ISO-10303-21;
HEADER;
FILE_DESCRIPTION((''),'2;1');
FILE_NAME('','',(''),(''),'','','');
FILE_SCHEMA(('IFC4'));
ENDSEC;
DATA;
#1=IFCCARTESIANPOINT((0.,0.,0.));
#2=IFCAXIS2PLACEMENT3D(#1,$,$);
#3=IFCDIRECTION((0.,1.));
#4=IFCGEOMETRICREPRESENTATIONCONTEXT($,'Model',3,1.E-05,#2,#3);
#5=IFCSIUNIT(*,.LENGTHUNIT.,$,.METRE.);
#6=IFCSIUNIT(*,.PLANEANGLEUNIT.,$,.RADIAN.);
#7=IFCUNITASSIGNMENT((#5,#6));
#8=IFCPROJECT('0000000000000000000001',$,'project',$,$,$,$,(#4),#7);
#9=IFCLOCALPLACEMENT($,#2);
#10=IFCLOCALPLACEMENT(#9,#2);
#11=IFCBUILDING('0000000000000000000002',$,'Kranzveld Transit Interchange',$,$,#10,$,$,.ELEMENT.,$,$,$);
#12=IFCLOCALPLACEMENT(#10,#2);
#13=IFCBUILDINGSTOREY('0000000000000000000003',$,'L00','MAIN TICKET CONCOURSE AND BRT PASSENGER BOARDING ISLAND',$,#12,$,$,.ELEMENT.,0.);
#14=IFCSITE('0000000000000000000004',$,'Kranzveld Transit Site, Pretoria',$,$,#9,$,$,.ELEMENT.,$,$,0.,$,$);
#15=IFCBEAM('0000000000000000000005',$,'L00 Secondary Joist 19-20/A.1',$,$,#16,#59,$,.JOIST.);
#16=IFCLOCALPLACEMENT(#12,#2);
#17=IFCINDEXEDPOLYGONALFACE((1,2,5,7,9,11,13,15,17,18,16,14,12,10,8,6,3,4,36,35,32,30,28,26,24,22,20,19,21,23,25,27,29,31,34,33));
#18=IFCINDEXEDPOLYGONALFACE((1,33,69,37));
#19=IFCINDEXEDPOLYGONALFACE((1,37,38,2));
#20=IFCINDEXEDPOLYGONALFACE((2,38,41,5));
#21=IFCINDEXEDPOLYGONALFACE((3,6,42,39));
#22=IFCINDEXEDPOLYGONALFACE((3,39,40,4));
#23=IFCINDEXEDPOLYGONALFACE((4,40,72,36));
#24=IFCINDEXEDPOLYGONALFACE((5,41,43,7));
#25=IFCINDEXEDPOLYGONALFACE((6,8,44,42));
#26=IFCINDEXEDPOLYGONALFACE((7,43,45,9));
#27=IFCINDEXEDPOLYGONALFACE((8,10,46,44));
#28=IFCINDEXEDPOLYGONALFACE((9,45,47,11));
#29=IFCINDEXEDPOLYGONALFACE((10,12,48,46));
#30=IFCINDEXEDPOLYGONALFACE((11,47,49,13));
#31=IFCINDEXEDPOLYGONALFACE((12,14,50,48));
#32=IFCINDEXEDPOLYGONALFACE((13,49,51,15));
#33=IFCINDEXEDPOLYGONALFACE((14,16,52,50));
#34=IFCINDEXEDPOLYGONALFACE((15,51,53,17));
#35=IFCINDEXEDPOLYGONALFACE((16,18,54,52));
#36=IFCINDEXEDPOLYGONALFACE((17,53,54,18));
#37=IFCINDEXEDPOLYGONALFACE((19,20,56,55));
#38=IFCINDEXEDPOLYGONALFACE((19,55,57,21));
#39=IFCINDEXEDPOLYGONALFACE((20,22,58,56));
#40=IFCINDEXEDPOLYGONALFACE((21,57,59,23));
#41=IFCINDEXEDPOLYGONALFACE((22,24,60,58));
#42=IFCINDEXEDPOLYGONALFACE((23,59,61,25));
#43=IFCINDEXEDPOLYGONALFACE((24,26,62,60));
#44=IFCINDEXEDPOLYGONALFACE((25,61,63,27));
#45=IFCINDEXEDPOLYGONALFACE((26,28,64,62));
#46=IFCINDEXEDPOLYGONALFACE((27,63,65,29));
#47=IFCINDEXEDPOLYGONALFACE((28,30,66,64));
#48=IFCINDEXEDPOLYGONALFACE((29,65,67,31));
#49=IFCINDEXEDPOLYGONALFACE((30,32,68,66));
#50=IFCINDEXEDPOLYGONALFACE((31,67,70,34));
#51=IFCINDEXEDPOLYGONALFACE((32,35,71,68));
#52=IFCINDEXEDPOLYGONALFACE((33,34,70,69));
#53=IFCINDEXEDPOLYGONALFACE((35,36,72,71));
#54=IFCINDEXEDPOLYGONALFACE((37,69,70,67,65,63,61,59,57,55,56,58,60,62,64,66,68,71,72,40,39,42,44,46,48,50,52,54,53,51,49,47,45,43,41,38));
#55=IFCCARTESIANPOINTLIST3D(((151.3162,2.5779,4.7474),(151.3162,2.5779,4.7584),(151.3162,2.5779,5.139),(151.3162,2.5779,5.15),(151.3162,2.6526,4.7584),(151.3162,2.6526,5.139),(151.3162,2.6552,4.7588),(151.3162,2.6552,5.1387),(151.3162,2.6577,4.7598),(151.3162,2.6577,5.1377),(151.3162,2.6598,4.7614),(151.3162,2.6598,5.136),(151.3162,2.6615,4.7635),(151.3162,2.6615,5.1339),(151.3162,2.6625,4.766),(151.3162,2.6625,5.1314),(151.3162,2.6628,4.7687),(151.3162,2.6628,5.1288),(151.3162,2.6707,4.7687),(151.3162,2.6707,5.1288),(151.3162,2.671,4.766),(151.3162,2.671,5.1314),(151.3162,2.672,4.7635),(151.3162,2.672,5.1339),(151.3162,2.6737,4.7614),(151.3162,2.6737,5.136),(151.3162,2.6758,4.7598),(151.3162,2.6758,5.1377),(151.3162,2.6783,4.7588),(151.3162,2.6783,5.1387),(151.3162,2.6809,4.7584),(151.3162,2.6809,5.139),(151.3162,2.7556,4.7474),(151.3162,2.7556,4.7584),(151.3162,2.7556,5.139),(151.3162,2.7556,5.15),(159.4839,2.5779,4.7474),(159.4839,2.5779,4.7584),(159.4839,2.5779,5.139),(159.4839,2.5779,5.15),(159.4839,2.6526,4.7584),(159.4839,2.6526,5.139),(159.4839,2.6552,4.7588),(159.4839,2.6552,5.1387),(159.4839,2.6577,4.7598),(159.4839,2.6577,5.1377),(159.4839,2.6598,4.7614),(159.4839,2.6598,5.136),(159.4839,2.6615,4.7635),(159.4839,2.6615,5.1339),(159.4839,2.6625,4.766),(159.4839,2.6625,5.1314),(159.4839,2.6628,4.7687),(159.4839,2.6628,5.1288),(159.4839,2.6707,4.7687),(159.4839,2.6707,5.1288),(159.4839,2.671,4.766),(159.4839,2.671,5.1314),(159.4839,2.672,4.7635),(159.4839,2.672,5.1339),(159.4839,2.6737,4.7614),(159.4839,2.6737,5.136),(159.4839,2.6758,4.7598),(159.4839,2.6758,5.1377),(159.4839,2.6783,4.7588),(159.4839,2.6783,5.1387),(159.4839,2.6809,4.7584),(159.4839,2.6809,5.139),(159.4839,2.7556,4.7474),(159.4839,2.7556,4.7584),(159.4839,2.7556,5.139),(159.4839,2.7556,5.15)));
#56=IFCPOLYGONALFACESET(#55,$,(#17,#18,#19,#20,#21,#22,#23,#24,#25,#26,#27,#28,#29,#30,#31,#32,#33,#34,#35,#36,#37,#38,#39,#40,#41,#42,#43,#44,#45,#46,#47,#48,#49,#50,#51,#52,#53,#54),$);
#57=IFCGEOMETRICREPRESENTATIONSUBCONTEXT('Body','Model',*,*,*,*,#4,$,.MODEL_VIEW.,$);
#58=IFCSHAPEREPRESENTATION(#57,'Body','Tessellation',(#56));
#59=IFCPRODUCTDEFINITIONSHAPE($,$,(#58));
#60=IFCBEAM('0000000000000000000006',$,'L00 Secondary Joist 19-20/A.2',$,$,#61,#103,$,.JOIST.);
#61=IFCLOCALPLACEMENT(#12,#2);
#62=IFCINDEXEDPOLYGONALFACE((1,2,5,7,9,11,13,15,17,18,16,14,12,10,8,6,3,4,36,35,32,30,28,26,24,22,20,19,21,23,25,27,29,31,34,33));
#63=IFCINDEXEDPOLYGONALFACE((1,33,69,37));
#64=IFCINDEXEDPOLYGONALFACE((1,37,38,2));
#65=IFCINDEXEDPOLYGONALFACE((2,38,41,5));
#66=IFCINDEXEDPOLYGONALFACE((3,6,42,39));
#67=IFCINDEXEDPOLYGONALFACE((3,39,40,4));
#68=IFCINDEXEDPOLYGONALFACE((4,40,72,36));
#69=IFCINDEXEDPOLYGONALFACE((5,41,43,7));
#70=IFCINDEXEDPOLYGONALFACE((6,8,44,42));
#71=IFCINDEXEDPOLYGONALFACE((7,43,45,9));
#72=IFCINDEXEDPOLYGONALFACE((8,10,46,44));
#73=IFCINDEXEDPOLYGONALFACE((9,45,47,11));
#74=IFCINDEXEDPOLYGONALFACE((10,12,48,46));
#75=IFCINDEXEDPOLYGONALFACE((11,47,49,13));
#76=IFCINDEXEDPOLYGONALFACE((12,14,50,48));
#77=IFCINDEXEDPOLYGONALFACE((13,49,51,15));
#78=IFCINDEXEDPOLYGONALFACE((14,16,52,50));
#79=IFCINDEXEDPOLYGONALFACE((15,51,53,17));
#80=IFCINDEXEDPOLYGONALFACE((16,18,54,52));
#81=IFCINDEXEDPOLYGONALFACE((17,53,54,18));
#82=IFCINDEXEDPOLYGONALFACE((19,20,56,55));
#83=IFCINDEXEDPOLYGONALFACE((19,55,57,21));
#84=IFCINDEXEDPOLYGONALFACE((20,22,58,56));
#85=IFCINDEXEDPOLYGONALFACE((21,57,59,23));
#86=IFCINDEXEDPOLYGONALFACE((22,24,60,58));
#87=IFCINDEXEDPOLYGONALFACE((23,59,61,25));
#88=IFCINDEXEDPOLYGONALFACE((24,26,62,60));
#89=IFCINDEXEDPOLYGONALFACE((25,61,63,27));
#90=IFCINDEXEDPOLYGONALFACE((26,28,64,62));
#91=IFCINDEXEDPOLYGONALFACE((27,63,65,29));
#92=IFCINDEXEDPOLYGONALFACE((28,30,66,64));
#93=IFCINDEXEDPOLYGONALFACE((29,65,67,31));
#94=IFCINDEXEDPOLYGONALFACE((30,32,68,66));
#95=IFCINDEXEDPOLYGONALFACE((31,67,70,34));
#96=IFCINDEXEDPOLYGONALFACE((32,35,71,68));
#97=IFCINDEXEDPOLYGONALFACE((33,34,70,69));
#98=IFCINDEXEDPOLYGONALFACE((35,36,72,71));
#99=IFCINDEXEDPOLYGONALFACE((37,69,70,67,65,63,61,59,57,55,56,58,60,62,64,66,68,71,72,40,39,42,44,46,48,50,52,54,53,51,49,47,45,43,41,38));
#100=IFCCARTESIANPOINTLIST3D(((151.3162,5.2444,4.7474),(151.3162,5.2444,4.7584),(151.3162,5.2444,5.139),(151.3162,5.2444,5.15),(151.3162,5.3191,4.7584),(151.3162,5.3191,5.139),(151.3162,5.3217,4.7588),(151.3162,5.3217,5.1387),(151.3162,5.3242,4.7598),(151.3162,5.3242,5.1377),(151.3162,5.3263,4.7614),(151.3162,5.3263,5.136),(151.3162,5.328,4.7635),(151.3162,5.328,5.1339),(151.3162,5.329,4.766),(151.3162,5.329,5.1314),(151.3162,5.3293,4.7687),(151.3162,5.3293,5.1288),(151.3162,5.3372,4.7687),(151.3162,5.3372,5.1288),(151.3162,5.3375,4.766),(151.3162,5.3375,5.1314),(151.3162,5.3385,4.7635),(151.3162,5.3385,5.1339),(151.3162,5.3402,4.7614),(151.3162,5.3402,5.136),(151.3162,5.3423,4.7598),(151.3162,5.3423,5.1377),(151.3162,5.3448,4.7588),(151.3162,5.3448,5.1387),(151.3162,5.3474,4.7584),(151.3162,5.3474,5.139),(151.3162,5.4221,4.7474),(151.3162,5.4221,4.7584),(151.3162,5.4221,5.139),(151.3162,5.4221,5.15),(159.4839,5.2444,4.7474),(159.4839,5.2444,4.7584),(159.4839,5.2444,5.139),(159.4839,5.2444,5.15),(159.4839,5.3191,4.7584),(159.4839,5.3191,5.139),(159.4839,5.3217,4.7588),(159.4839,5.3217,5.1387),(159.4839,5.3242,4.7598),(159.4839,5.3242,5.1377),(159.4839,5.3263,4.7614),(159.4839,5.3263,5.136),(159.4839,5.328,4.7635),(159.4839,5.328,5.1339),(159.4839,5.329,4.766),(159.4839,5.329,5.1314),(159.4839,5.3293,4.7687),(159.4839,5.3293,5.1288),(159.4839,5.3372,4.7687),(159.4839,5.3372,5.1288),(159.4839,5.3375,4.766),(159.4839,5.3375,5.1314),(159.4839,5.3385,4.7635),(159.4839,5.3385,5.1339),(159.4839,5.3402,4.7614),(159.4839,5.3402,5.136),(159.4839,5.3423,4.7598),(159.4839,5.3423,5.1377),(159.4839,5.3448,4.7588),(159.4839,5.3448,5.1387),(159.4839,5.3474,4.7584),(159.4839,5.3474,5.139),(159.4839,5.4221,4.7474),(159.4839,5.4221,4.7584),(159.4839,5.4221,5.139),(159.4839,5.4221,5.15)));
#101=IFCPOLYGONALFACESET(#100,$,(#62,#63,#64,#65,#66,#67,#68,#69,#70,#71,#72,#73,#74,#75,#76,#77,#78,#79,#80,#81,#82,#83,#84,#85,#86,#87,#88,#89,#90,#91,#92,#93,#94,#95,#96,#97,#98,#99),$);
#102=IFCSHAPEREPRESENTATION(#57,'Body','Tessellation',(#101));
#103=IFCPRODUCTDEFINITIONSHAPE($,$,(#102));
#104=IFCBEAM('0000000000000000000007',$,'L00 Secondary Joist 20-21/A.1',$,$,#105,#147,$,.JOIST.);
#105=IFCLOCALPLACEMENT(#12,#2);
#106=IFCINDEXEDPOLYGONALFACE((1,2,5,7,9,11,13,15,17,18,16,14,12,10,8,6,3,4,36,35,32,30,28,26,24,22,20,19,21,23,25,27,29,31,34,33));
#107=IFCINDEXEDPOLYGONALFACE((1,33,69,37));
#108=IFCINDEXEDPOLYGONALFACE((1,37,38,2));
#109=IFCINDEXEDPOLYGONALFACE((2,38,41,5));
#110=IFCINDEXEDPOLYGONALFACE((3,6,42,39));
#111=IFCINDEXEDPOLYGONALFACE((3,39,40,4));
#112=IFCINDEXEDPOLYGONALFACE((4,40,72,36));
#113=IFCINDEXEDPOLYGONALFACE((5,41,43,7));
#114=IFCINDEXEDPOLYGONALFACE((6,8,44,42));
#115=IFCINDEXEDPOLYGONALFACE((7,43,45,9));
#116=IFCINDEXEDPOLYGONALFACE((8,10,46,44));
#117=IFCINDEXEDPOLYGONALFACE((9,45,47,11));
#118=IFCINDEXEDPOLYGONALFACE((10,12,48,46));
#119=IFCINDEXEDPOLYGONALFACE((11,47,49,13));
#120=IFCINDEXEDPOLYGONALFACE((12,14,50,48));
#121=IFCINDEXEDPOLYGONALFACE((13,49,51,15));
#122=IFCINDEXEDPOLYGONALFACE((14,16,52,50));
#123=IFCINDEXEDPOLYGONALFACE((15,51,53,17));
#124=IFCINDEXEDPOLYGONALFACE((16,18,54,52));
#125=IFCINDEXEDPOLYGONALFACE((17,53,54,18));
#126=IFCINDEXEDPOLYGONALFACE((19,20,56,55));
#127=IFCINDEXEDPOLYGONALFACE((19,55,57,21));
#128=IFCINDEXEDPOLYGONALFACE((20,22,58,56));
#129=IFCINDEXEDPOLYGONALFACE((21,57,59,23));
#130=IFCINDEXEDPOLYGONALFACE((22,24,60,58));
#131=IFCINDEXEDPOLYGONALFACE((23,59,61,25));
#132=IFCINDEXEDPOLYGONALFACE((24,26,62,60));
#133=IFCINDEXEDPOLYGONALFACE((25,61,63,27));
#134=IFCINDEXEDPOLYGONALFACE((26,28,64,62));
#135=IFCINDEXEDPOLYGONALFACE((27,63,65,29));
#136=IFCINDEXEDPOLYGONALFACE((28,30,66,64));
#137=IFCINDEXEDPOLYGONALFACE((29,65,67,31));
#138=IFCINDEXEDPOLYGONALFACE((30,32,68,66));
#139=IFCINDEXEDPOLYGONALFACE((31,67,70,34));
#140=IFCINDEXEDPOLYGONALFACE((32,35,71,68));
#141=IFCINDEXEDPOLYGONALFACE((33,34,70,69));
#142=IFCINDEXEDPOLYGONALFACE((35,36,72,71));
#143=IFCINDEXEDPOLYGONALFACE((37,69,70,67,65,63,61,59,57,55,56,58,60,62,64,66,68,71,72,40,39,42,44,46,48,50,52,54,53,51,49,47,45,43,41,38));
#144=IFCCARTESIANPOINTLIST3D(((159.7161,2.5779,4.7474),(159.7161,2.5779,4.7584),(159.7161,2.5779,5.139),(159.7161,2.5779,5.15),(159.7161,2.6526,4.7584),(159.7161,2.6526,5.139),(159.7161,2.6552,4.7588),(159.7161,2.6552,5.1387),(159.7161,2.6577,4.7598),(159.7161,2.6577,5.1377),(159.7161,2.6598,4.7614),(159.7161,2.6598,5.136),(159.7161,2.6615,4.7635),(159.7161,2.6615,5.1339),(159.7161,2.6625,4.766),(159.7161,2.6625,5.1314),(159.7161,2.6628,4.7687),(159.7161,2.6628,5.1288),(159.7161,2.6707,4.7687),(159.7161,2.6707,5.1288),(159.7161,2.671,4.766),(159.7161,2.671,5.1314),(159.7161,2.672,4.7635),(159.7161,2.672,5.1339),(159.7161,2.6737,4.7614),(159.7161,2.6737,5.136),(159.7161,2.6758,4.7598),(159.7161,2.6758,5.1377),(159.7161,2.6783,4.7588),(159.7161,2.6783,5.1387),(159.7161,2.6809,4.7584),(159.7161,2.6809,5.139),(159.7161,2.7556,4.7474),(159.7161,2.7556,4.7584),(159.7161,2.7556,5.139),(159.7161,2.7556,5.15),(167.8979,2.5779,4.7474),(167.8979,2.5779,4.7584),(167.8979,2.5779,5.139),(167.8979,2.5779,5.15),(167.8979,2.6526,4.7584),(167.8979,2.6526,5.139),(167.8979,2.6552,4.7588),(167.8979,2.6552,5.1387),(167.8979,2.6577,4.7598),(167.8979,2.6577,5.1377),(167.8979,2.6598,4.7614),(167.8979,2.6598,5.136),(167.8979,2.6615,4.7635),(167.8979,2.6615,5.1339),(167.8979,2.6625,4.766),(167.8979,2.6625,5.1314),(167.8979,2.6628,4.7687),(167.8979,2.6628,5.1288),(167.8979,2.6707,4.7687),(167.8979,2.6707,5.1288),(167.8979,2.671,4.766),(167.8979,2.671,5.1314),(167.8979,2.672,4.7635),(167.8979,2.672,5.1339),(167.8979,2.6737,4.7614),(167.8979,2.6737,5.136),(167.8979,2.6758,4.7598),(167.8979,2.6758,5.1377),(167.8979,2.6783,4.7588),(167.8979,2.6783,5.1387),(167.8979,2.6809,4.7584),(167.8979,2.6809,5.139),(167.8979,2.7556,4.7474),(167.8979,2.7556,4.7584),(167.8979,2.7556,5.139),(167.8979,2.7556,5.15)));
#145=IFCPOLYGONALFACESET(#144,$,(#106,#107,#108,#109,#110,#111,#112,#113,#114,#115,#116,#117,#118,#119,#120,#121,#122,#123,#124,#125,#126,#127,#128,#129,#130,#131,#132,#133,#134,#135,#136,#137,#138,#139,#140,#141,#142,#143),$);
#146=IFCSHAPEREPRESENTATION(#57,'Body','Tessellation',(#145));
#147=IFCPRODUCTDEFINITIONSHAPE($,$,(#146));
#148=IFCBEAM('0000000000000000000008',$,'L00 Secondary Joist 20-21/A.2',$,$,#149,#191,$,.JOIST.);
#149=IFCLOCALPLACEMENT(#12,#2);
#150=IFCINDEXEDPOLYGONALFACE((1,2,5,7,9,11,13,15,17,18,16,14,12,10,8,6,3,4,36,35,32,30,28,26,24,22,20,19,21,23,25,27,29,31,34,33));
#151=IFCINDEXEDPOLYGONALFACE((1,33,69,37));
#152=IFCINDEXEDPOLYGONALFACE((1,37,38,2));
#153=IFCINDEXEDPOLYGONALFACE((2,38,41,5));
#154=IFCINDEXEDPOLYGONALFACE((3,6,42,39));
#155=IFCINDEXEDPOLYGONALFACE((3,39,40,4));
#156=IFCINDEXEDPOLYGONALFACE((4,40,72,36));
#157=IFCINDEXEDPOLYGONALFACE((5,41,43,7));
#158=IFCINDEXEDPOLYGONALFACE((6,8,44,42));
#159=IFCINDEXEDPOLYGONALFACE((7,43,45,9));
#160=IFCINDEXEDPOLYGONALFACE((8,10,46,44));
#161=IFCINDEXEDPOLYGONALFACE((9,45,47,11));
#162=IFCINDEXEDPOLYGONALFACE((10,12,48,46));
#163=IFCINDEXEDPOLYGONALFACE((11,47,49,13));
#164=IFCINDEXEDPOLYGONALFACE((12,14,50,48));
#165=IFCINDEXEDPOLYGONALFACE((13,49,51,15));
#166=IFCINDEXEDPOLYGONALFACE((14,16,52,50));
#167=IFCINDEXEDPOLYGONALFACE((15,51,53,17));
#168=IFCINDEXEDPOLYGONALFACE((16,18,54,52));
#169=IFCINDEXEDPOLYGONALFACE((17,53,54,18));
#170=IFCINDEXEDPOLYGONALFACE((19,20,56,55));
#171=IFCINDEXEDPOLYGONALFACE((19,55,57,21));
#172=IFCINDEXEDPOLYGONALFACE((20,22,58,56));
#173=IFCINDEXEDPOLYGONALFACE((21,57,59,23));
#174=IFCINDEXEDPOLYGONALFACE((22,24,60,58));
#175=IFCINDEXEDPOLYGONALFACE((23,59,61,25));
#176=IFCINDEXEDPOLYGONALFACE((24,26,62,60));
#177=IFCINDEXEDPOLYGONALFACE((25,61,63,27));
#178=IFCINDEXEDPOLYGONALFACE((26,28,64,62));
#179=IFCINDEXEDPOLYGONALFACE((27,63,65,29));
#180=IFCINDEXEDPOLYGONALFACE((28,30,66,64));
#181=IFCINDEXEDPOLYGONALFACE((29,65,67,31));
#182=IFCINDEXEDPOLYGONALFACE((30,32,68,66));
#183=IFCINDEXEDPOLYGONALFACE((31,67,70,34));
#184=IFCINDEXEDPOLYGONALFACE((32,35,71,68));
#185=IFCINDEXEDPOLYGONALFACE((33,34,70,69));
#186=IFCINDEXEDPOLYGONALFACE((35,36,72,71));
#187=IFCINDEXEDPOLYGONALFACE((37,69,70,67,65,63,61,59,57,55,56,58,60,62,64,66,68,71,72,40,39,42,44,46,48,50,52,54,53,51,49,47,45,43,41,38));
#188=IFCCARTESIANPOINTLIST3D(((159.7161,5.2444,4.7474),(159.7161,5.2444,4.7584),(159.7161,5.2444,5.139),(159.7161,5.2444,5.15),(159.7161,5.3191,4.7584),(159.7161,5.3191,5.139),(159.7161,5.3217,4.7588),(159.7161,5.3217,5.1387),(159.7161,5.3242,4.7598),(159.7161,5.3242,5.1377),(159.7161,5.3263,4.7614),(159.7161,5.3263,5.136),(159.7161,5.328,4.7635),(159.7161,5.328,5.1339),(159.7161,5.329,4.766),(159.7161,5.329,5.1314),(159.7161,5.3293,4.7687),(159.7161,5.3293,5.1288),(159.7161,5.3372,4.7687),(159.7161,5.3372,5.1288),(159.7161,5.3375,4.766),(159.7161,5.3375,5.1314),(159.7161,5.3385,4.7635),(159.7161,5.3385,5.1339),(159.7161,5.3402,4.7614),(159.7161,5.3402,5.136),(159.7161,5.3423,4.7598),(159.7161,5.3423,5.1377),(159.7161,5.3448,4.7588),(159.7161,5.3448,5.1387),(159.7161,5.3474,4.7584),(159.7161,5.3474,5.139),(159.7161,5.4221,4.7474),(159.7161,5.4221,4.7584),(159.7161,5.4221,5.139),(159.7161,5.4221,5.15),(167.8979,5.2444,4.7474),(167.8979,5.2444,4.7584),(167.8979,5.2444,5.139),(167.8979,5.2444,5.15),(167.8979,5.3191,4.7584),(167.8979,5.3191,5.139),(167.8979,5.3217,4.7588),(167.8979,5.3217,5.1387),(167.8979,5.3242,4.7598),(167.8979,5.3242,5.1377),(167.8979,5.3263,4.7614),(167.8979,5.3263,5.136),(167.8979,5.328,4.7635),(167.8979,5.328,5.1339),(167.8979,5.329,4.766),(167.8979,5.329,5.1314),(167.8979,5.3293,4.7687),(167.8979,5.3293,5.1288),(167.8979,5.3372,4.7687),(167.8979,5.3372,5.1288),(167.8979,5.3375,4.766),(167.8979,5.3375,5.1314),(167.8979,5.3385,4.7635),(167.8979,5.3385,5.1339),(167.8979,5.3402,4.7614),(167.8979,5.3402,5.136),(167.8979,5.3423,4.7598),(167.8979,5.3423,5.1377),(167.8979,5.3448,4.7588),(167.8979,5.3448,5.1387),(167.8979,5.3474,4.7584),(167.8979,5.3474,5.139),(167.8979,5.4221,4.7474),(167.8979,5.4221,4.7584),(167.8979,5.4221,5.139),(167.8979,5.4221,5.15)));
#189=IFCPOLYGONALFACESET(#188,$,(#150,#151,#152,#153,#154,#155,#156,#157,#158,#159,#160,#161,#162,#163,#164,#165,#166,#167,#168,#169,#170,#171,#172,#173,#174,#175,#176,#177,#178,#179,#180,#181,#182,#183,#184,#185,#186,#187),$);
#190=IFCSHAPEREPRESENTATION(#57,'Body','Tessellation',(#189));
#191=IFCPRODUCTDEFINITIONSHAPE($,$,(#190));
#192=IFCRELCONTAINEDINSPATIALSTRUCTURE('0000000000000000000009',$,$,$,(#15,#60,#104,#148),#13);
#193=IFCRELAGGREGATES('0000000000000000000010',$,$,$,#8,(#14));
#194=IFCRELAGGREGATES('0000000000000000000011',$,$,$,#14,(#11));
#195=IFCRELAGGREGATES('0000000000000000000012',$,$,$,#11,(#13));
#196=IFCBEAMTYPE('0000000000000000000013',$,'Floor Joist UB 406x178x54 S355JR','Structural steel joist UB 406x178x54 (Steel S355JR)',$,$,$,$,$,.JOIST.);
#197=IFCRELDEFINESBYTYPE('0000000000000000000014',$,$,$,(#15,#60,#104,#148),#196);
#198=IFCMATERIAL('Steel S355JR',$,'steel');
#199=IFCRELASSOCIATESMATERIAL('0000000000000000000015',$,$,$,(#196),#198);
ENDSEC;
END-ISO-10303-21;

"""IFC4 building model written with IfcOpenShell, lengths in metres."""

from ifc_helpers import new_model, si_unit, direction, frame, origin, origin_2d, place, context, subcontext, project, spatial, i_section, extrude, material, material_profile, profile_set, type_object, element, save


model = new_model("IFC4")

# Units and contexts
model_context = context("Model", 3, precision=1e-05, world=origin(), true_north=direction((0.0, 1.0)))
body_context = subcontext(model_context, "Body", "Model", "MODEL_VIEW")
ifc_project = project(units=[si_unit("LENGTHUNIT", "METRE"), si_unit("PLANEANGLEUNIT", "RADIAN")], contexts=[model_context])

# Site, building, storey
site_placement = place(None, origin())
site = spatial("IfcSite", under=ifc_project, at=site_placement, Name="Kranzveld Transit Site, Pretoria", CompositionType="ELEMENT", RefElevation=0.0)
building_placement = place(site_placement, origin())
building = spatial("IfcBuilding", under=site, at=building_placement, Name="Kranzveld Transit Interchange", CompositionType="ELEMENT")
storey_placement = place(building_placement, origin())
storey = spatial("IfcBuildingStorey", under=building, at=storey_placement, Name="L00", Description="MAIN TICKET CONCOURSE AND BRT PASSENGER BOARDING ISLAND", CompositionType="ELEMENT", Elevation=0.0)

# Beams
ifc_material_1 = material(Name="Steel S355JR", Category="steel")
ifc_material_profile_1 = material_profile(ifc_material_1, i_section(OverallWidth=0.1777, OverallDepth=0.4026, WebThickness=0.0078, FlangeThickness=0.011, FilletRadius=0.0103, at=origin_2d()), Name="UB 406x178x54")
ifc_profile_set_1 = profile_set([ifc_material_profile_1], Name="Steel S355JR")
beam_type_1 = type_object("IfcBeamType", Name="Floor Joist UB 406x178x54 S355JR", Description="Structural steel joist UB 406x178x54 (Steel S355JR)", PredefinedType="JOIST", material=ifc_profile_set_1)
for number, where, z_axis, x_axis, name in (
    (1, (151.3162, 2.6667, 4.9487), (1.0, 0.0, 0.0), (0.0, 1.0, 0.0), "L00 Secondary Joist 19-20/A.1"),
    (2, (151.3162, 5.3333, 4.9487), (1.0, 0.0, 0.0), (0.0, 1.0, 0.0), "L00 Secondary Joist 19-20/A.2"),
):
    element("IfcBeam", number, at=place(storey_placement, frame(where, z_axis=z_axis, x_axis=x_axis)), inside=storey, type_object=beam_type_1, Name=name, PredefinedType="JOIST", context=body_context, shape_type="SweptSolid", body=[
        extrude(i_section(OverallWidth=0.1777, OverallDepth=0.4026, WebThickness=0.0078, FlangeThickness=0.011, FilletRadius=0.0103, at=origin_2d()), origin(), (0.0, 0.0, 1.0), 8.1677),
    ])
for number, where, z_axis, x_axis, name in (
    (3, (159.7161, 2.6667, 4.9487), (1.0, 0.0, 0.0), (0.0, 1.0, 0.0), "L00 Secondary Joist 20-21/A.1"),
    (4, (159.7161, 5.3333, 4.9487), (1.0, 0.0, 0.0), (0.0, 1.0, 0.0), "L00 Secondary Joist 20-21/A.2"),
):
    element("IfcBeam", number, at=place(storey_placement, frame(where, z_axis=z_axis, x_axis=x_axis)), inside=storey, type_object=beam_type_1, Name=name, PredefinedType="JOIST", context=body_context, shape_type="SweptSolid", body=[
        extrude(i_section(OverallWidth=0.1777, OverallDepth=0.4026, WebThickness=0.0078, FlangeThickness=0.011, FilletRadius=0.0103, at=origin_2d()), origin(), (0.0, 0.0, 1.0), 8.1819),
    ])

save(model, "model.ifc")
